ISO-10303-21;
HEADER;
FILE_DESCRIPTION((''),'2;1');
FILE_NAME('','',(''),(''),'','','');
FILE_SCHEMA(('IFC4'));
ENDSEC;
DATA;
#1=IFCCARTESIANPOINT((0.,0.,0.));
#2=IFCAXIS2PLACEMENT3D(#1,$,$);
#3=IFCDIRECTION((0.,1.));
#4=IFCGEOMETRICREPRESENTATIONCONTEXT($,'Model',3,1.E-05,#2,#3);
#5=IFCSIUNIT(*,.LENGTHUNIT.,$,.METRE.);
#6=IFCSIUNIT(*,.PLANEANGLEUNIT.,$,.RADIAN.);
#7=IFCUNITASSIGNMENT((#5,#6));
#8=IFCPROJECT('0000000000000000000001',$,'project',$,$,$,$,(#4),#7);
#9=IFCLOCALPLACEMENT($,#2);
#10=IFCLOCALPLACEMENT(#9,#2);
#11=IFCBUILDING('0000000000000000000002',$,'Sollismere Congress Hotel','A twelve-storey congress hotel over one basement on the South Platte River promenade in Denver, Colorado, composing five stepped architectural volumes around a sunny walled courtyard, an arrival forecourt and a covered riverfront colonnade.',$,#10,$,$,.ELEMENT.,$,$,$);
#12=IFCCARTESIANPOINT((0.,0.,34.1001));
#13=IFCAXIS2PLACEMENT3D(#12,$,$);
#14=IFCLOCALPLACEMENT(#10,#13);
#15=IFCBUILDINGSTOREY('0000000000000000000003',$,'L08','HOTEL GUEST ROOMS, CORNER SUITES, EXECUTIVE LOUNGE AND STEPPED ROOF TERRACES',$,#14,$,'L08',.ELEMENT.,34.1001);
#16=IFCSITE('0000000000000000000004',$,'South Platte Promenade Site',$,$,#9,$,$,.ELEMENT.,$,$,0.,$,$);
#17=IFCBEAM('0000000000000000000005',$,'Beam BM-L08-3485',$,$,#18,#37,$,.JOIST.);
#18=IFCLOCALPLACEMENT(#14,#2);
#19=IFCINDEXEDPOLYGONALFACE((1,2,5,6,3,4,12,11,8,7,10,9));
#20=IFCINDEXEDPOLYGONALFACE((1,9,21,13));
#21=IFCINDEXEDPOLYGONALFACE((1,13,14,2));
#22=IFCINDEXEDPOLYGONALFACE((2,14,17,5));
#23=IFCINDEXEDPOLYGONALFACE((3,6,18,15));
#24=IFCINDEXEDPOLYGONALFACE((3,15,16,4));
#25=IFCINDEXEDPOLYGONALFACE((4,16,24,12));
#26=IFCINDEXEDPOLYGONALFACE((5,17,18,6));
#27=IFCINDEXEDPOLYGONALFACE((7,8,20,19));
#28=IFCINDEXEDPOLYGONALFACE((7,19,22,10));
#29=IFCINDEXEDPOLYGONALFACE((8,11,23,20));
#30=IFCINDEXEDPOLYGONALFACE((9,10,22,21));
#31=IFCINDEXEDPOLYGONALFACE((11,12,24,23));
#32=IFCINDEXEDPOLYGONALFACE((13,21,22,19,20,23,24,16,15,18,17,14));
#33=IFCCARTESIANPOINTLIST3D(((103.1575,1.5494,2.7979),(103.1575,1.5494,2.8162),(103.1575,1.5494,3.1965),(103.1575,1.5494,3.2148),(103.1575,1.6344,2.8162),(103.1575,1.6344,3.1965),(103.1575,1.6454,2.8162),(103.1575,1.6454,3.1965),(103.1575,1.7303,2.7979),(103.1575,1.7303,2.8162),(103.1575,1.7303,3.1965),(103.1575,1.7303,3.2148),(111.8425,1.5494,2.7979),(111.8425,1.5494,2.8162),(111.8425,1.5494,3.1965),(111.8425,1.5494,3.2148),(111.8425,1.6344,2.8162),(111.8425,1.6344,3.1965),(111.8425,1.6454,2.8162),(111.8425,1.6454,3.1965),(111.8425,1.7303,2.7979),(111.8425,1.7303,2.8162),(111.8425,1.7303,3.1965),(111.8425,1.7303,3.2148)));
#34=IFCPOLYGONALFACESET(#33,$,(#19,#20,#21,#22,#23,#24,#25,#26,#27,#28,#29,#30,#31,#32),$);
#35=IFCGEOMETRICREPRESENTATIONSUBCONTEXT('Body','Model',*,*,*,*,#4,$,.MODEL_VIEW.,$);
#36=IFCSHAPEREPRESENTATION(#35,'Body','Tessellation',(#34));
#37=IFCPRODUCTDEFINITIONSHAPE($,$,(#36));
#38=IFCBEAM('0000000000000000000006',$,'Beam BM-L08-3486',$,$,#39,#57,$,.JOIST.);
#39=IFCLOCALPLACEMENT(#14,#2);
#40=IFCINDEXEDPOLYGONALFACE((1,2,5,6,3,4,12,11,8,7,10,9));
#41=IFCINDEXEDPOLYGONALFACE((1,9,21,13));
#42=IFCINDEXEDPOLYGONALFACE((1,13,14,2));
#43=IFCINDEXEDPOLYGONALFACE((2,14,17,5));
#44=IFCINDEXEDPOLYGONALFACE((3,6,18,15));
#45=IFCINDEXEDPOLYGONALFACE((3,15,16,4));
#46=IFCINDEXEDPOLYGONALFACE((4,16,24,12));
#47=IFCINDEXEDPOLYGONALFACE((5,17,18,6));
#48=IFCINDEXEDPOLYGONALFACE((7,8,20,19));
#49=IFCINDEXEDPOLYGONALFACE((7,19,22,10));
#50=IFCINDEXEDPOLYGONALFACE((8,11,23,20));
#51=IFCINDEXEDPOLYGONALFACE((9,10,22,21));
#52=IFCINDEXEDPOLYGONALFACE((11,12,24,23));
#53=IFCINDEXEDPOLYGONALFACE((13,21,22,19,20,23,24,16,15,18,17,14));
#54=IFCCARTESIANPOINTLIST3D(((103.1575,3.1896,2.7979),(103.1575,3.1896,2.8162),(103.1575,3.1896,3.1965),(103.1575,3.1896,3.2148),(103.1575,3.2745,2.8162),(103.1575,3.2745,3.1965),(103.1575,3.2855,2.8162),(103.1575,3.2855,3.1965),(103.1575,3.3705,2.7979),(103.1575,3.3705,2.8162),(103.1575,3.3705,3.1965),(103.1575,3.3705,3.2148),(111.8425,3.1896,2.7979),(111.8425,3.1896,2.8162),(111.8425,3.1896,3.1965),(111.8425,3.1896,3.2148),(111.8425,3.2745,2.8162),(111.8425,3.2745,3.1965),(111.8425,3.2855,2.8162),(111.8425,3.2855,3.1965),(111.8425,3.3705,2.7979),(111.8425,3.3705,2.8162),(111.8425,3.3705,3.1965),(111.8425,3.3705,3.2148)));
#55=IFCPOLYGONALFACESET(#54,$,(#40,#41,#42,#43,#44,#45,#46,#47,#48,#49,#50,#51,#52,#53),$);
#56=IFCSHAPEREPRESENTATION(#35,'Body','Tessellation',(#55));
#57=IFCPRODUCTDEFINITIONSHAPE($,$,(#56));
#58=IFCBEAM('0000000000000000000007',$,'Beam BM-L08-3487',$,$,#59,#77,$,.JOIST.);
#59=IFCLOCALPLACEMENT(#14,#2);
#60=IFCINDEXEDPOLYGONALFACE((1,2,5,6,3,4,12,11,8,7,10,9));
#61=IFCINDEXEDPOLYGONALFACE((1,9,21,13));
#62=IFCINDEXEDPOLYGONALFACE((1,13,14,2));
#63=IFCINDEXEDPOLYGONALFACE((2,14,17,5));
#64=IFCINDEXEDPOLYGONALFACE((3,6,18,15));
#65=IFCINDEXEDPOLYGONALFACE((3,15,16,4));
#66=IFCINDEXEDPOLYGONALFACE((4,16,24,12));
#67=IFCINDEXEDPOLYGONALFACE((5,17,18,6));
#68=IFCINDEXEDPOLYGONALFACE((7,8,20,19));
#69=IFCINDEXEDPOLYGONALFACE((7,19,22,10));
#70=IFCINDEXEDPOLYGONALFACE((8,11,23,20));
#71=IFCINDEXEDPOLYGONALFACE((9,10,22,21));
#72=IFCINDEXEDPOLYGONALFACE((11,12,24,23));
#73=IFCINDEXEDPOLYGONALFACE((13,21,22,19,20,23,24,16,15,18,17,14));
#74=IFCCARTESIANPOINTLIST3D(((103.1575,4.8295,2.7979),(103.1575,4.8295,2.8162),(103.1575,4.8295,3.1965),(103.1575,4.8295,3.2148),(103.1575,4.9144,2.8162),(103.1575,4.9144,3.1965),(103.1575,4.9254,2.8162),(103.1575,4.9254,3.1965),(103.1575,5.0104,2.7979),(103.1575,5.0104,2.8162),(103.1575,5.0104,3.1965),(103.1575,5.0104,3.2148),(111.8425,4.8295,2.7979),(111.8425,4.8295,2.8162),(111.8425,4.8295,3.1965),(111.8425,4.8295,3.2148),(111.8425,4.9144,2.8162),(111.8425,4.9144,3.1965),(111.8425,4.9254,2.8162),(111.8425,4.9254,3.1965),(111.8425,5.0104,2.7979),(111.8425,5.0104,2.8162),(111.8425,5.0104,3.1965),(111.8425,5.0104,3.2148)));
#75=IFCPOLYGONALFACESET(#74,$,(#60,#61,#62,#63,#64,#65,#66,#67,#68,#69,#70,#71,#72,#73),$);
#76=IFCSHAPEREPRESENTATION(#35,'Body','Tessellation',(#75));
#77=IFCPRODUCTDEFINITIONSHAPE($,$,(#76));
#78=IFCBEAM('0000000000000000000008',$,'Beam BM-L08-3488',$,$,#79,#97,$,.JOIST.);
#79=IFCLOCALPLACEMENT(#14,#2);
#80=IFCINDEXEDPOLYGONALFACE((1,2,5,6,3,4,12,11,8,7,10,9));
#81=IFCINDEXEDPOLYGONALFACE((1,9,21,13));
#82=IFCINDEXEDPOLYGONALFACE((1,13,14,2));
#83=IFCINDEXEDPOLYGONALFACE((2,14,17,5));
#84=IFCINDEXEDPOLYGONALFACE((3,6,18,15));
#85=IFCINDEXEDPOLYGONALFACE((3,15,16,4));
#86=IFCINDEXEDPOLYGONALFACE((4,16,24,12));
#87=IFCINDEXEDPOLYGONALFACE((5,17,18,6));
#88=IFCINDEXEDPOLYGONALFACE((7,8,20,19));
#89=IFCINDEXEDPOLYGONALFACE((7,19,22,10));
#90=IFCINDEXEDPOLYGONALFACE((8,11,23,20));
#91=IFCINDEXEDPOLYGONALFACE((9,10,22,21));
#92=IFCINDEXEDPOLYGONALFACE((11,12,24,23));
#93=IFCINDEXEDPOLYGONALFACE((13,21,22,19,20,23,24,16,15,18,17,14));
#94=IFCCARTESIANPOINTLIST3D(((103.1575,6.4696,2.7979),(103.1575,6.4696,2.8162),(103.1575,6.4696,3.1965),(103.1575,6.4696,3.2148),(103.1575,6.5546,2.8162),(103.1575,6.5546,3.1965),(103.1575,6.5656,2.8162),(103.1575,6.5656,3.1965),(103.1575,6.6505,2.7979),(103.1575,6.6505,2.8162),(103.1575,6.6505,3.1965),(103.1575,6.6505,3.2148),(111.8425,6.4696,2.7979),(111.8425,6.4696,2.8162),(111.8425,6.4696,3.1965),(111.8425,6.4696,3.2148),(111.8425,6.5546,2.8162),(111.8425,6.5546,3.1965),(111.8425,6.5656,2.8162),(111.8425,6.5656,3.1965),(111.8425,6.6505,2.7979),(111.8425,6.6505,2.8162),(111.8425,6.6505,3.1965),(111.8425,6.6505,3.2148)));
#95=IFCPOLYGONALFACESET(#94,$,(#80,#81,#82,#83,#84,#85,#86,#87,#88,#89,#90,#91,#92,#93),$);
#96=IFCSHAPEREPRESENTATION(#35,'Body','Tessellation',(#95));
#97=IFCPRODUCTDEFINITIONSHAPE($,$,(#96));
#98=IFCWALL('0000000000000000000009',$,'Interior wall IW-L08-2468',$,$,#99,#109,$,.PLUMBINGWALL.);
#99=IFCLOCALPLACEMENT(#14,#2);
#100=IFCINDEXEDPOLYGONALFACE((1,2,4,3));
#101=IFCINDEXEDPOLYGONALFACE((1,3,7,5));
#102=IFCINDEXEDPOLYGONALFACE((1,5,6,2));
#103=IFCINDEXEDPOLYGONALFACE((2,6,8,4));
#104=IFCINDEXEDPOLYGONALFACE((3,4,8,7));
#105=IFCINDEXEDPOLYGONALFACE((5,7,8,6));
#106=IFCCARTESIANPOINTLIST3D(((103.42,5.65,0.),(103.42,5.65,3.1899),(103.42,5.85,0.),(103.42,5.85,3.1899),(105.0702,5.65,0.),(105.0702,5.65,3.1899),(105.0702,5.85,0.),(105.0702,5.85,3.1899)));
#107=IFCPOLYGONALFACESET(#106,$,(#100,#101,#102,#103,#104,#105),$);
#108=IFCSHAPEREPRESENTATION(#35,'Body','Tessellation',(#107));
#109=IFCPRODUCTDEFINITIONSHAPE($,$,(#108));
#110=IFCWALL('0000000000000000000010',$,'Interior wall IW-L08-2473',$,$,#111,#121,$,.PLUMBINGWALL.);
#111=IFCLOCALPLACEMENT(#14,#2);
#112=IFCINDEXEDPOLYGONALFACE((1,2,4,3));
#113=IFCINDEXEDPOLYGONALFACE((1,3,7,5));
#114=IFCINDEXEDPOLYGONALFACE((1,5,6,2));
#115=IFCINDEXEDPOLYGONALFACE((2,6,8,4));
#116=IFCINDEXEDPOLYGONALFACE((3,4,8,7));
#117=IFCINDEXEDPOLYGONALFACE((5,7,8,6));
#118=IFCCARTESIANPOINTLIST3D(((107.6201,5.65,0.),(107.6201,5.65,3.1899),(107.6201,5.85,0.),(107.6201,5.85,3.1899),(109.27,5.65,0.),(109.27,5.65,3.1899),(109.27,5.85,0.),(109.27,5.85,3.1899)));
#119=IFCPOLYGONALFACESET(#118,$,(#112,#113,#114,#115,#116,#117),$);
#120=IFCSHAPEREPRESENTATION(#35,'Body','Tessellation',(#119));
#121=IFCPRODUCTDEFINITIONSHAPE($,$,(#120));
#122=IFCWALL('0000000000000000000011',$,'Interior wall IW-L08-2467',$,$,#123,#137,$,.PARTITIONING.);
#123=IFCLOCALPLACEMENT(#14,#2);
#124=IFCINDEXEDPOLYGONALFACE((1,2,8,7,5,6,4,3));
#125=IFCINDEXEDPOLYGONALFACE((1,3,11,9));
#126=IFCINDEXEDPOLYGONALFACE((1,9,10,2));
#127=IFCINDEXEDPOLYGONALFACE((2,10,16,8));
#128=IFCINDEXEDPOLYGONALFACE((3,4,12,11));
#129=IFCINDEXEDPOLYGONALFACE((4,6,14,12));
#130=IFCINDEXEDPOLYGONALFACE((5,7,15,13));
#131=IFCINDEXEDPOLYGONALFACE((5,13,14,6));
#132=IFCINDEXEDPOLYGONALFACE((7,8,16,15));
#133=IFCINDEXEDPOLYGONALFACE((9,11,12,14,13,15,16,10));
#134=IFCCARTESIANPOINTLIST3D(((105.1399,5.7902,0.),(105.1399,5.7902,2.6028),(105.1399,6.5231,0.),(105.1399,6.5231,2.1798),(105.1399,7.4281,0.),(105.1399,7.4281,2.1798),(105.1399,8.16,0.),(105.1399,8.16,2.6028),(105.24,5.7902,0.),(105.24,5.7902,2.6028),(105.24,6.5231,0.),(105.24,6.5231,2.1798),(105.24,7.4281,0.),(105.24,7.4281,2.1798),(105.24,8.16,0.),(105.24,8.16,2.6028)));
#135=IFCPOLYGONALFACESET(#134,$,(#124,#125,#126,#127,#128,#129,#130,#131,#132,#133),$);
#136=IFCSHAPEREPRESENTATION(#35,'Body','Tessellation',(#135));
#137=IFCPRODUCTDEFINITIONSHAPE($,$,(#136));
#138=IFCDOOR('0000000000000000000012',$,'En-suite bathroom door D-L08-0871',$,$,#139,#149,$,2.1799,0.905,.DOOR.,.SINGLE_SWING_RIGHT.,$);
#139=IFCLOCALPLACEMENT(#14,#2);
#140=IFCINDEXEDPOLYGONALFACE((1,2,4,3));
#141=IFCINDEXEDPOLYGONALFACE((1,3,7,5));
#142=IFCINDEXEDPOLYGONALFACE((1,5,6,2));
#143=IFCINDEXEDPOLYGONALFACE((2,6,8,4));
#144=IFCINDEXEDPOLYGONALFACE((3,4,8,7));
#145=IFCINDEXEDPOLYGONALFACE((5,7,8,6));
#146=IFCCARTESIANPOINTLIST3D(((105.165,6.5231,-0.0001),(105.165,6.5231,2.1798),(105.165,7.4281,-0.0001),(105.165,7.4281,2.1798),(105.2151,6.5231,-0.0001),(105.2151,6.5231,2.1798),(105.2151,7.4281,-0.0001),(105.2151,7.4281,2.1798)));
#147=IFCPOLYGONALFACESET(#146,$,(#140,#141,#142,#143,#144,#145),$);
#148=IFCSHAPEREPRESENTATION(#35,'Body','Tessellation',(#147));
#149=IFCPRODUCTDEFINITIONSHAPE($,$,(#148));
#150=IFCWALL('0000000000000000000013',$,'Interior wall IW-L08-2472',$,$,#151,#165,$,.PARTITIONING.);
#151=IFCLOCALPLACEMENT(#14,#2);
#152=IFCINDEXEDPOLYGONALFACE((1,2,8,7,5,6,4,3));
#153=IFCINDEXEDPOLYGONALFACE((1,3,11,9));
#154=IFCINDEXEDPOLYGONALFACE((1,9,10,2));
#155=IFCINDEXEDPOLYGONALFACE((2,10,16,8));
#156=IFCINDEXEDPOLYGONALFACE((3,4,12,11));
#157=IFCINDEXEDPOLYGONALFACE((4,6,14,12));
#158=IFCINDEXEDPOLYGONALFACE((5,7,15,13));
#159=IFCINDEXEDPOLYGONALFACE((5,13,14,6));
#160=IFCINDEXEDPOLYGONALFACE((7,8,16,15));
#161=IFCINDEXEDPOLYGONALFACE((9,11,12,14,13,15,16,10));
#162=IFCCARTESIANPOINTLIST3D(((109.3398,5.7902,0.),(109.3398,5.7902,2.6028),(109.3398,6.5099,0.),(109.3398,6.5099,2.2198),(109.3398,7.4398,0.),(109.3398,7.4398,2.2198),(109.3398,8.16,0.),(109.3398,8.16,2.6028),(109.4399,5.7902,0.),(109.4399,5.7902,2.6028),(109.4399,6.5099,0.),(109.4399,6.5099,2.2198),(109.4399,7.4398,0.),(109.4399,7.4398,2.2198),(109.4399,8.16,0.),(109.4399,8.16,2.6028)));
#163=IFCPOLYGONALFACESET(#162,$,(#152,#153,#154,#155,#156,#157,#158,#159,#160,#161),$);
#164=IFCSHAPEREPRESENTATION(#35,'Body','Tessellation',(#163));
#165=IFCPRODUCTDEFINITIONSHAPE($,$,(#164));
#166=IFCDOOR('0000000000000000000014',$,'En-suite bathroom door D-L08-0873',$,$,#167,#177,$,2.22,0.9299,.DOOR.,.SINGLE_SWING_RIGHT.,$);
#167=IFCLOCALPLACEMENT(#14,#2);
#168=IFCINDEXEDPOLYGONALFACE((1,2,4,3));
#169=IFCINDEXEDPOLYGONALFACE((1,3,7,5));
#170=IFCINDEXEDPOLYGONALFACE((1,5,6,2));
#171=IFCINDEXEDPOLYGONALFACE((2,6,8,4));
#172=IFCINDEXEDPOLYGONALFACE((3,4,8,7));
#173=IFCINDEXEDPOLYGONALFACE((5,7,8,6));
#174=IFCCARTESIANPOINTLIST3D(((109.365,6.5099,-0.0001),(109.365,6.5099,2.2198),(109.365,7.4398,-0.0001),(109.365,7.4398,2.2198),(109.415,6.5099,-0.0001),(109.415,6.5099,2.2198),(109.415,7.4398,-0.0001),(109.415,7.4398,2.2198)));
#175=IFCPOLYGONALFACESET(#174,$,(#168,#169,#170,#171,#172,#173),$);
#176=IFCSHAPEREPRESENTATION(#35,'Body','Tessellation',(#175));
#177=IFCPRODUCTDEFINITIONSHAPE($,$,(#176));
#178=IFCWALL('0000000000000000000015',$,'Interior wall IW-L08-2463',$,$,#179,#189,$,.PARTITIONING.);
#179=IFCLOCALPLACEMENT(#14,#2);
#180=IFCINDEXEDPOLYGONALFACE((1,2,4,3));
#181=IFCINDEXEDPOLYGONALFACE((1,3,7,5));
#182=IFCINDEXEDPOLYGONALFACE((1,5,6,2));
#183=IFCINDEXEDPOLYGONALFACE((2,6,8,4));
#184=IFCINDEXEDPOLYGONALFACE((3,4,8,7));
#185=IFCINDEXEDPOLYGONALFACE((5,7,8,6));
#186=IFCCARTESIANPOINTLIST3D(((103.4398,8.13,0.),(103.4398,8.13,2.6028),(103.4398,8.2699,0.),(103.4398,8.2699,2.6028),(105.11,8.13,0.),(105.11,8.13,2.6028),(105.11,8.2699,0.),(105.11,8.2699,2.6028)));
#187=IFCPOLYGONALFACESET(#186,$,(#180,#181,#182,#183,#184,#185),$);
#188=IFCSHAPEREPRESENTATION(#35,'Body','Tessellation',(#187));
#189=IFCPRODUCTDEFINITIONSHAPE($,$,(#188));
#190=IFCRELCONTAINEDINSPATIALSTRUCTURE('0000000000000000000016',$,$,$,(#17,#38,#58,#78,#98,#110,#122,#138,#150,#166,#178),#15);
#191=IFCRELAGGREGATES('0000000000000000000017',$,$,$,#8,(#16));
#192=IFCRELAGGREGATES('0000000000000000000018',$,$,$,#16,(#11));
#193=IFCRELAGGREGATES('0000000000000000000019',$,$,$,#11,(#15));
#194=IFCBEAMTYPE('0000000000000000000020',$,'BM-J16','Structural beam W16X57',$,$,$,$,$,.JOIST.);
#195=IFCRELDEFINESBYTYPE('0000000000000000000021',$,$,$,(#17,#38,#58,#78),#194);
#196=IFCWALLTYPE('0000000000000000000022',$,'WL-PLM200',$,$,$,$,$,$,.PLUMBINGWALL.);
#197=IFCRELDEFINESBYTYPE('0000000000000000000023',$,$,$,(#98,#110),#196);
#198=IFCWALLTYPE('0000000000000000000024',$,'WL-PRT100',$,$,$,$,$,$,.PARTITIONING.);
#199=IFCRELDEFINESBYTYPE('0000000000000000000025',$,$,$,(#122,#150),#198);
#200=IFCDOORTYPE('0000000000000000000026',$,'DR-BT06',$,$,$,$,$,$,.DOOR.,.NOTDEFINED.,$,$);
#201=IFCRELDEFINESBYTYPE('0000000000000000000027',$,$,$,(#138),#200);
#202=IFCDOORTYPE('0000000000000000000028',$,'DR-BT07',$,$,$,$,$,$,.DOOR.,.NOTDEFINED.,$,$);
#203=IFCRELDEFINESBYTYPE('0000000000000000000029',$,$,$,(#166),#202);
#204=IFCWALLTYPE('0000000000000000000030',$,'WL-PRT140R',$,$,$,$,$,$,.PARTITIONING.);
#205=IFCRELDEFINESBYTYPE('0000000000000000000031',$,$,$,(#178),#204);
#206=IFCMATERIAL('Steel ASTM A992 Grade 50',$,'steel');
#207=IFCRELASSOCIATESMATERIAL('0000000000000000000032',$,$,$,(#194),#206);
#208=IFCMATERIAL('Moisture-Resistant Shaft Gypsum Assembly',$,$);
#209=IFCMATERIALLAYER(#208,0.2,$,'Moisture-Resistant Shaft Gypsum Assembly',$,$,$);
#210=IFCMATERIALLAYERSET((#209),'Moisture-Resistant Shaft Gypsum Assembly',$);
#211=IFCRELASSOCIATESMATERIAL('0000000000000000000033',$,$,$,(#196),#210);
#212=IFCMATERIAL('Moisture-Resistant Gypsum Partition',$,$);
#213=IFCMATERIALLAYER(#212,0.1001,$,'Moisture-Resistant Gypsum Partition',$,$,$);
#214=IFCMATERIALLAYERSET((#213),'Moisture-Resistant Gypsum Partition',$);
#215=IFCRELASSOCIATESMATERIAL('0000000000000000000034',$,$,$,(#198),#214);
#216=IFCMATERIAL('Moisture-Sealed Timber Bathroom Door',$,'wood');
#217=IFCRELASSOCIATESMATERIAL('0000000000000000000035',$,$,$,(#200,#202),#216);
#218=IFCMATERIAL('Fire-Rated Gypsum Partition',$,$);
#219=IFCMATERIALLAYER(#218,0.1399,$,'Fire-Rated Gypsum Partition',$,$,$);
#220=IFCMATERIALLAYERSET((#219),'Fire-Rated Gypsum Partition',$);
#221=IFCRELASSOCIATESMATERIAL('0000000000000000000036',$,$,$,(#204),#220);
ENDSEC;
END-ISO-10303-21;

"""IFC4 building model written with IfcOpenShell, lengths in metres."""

from ifc_helpers import new_model, si_unit, direction, frame, frame_2d, origin, origin_2d, place, context, subcontext, project, spatial, rectangle, i_section, extrude, material, layer, layer_set, material_profile, profile_set, type_object, element, fill, save


model = new_model("IFC4")

# Units and contexts
model_context = context("Model", 3, precision=1e-05, world=origin(), true_north=direction((0.0, 1.0)))
body_context = subcontext(model_context, "Body", "Model", "MODEL_VIEW")
ifc_project = project(units=[si_unit("LENGTHUNIT", "METRE"), si_unit("PLANEANGLEUNIT", "RADIAN")], contexts=[model_context])

# Site, building, storey
site_placement = place(None, origin())
site = spatial("IfcSite", under=ifc_project, at=site_placement, Name="South Platte Promenade Site", CompositionType="ELEMENT", RefElevation=0.0)
building_placement = place(site_placement, origin())
building = spatial("IfcBuilding", under=site, at=building_placement, Name="Sollismere Congress Hotel", Description="A twelve-storey congress hotel over one basement on the South Platte River promenade in Denver, Colorado, composing five stepped architectural volumes around a sunny walled courtyard, an arrival forecourt and a covered riverfront colonnade.", CompositionType="ELEMENT")
storey_placement = place(building_placement, frame((0.0, 0.0, 34.1001)))
storey = spatial("IfcBuildingStorey", under=building, at=storey_placement, Name="L08", Description="HOTEL GUEST ROOMS, CORNER SUITES, EXECUTIVE LOUNGE AND STEPPED ROOF TERRACES", LongName="L08", CompositionType="ELEMENT", Elevation=34.1001)

# Beams
ifc_material_1 = material(Name="Steel ASTM A992 Grade 50", Category="steel")
ifc_material_profile = material_profile(ifc_material_1, i_section(OverallWidth=0.1809, OverallDepth=0.417, WebThickness=0.011, FlangeThickness=0.0183, at=origin_2d()), Name="W16X57")
ifc_profile_set = profile_set([ifc_material_profile], Name="Steel ASTM A992 Grade 50")
beam_type = type_object("IfcBeamType", Name="BM-J16", Description="Structural beam W16X57", PredefinedType="JOIST", material=ifc_profile_set)
for number, where, z_axis, x_axis, name in (
    (1, (103.1575, 1.6399, 3.0063), (1.0, 0.0, 0.0), (0.0, 1.0, 0.0), "Beam BM-L08-3485"),
    (2, (103.1575, 3.28, 3.0063), (1.0, 0.0, 0.0), (0.0, 1.0, 0.0), "Beam BM-L08-3486"),
    (3, (103.1575, 4.9199, 3.0063), (1.0, 0.0, 0.0), (0.0, 1.0, 0.0), "Beam BM-L08-3487"),
    (4, (103.1575, 6.5601, 3.0063), (1.0, 0.0, 0.0), (0.0, 1.0, 0.0), "Beam BM-L08-3488"),
):
    element("IfcBeam", number, at=place(storey_placement, frame(where, z_axis=z_axis, x_axis=x_axis)), inside=storey, type_object=beam_type, Name=name, PredefinedType="JOIST", context=body_context, shape_type="SweptSolid", body=[
        extrude(i_section(OverallWidth=0.1809, OverallDepth=0.417, WebThickness=0.011, FlangeThickness=0.0183, at=origin_2d()), origin(), (0.0, 0.0, 1.0), 8.6851),
    ])

# Walls
ifc_material_2 = material(Name="Moisture-Resistant Shaft Gypsum Assembly")
ifc_layer_1 = layer(ifc_material_2, 0.2, Name="Moisture-Resistant Shaft Gypsum Assembly")
ifc_layer_set_1 = layer_set([ifc_layer_1], Name="Moisture-Resistant Shaft Gypsum Assembly")
wall_type_1 = type_object("IfcWallType", Name="WL-PLM200", PredefinedType="PLUMBINGWALL", material=ifc_layer_set_1)
wall_1_placement = place(storey_placement, frame((103.4199, 5.75, 0.0), z_axis=(0.0, 0.0, 1.0), x_axis=(1.0, 0.0, 0.0)))
element("IfcWall", 5, at=wall_1_placement, inside=storey, type_object=wall_type_1, Name="Interior wall IW-L08-2468", PredefinedType="PLUMBINGWALL", context=body_context, shape_type="SweptSolid", body=[
    extrude(rectangle(XDim=1.6501, YDim=0.2, at=frame_2d((0.8252, 0.0))), origin(), (0.0, 0.0, 1.0), 3.1899),
])
wall_2_placement = place(storey_placement, frame((107.6201, 5.75, 0.0), z_axis=(0.0, 0.0, 1.0), x_axis=(1.0, 0.0, 0.0)))
element("IfcWall", 6, at=wall_2_placement, inside=storey, type_object=wall_type_1, Name="Interior wall IW-L08-2473", PredefinedType="PLUMBINGWALL", context=body_context, shape_type="SweptSolid", body=[
    extrude(rectangle(XDim=1.6499, YDim=0.2, at=frame_2d((0.825, 0.0))), origin(), (0.0, 0.0, 1.0), 3.1899),
])

# Walls, openings, doors
ifc_material_3 = material(Name="Moisture-Resistant Gypsum Partition")
ifc_layer_2 = layer(ifc_material_3, 0.1001, Name="Moisture-Resistant Gypsum Partition")
ifc_layer_set_2 = layer_set([ifc_layer_2], Name="Moisture-Resistant Gypsum Partition")
wall_type_2 = type_object("IfcWallType", Name="WL-PRT100", PredefinedType="PARTITIONING", material=ifc_layer_set_2)
wall_3_placement = place(storey_placement, frame((105.1899, 5.79, 0.0), z_axis=(0.0, 0.0, 1.0), x_axis=(0.0, 1.0, 0.0)))
wall_3 = element("IfcWall", 7, at=wall_3_placement, inside=storey, type_object=wall_type_2, Name="Interior wall IW-L08-2467", PredefinedType="PARTITIONING", context=body_context, shape_type="SweptSolid", body=[
    extrude(rectangle(XDim=2.3699, YDim=0.1001, at=frame_2d((1.1851, 0.0))), origin(), (0.0, 0.0, 1.0), 2.6028),
])
opening_1_placement = place(wall_3_placement, frame((0.7329, 0.0, 0.0)))
opening_1 = element("IfcOpeningElement", 8, at=opening_1_placement, cuts=wall_3, PredefinedType="OPENING", context=body_context, shape_type="SweptSolid", body=[
    extrude(rectangle(XDim=0.905, YDim=2.1799, at=frame_2d((0.4526, 1.0898))), frame((0.0, 0.0601, 0.0), z_axis=(0.0, -1.0, 0.0), x_axis=(1.0, 0.0, 0.0)), (0.0, 0.0, 1.0), 0.1201),
])
ifc_material_4 = material(Name="Moisture-Sealed Timber Bathroom Door", Category="wood")
door_type_1 = type_object("IfcDoorType", Name="DR-BT06", OperationType="NOTDEFINED", PredefinedType="DOOR", material=ifc_material_4)
door_1_placement = place(opening_1_placement, origin())
door_1 = element("IfcDoor", 9, at=door_1_placement, inside=storey, type_object=door_type_1, Name="En-suite bathroom door D-L08-0871", OperationType="SINGLE_SWING_RIGHT", OverallHeight=2.1799, OverallWidth=0.905, PredefinedType="DOOR", context=body_context, shape_type="SweptSolid", body=[
    extrude(rectangle(XDim=0.905, YDim=2.1799, at=frame_2d((0.4526, 1.0898))), frame((0.0, 0.0249, 0.0), z_axis=(0.0, -1.0, 0.0), x_axis=(1.0, 0.0, 0.0)), (0.0, 0.0, 1.0), 0.05),
])
fill(opening_1, door_1)
wall_4_placement = place(storey_placement, frame((109.3899, 5.79, 0.0), z_axis=(0.0, 0.0, 1.0), x_axis=(0.0, 1.0, 0.0)))
wall_4 = element("IfcWall", 10, at=wall_4_placement, inside=storey, type_object=wall_type_2, Name="Interior wall IW-L08-2472", PredefinedType="PARTITIONING", context=body_context, shape_type="SweptSolid", body=[
    extrude(rectangle(XDim=2.3699, YDim=0.1001, at=frame_2d((1.1851, 0.0))), origin(), (0.0, 0.0, 1.0), 2.6028),
])
opening_2_placement = place(wall_4_placement, frame((0.72, 0.0, 0.0)))
opening_2 = element("IfcOpeningElement", 11, at=opening_2_placement, cuts=wall_4, PredefinedType="OPENING", context=body_context, shape_type="SweptSolid", body=[
    extrude(rectangle(XDim=0.9299, YDim=2.22, at=frame_2d((0.4648, 1.1099))), frame((0.0, 0.0601, 0.0), z_axis=(0.0, -1.0, 0.0), x_axis=(1.0, 0.0, 0.0)), (0.0, 0.0, 1.0), 0.1201),
])
door_type_2 = type_object("IfcDoorType", Name="DR-BT07", OperationType="NOTDEFINED", PredefinedType="DOOR", material=ifc_material_4)
door_2_placement = place(opening_2_placement, origin())
door_2 = element("IfcDoor", 12, at=door_2_placement, inside=storey, type_object=door_type_2, Name="En-suite bathroom door D-L08-0873", OperationType="SINGLE_SWING_RIGHT", OverallHeight=2.22, OverallWidth=0.9299, PredefinedType="DOOR", context=body_context, shape_type="SweptSolid", body=[
    extrude(rectangle(XDim=0.9299, YDim=2.22, at=frame_2d((0.4648, 1.1099))), frame((0.0, 0.0249, 0.0), z_axis=(0.0, -1.0, 0.0), x_axis=(1.0, 0.0, 0.0)), (0.0, 0.0, 1.0), 0.05),
])
fill(opening_2, door_2)

# Wall
ifc_material_5 = material(Name="Fire-Rated Gypsum Partition")
ifc_layer_3 = layer(ifc_material_5, 0.1399, Name="Fire-Rated Gypsum Partition")
ifc_layer_set_3 = layer_set([ifc_layer_3], Name="Fire-Rated Gypsum Partition")
wall_type_3 = type_object("IfcWallType", Name="WL-PRT140R", PredefinedType="PARTITIONING", material=ifc_layer_set_3)
wall_5_placement = place(storey_placement, frame((103.4399, 8.2, 0.0), z_axis=(0.0, 0.0, 1.0), x_axis=(1.0, 0.0, 0.0)))
element("IfcWall", 13, at=wall_5_placement, inside=storey, type_object=wall_type_3, Name="Interior wall IW-L08-2463", PredefinedType="PARTITIONING", context=body_context, shape_type="SweptSolid", body=[
    extrude(rectangle(XDim=1.6702, YDim=0.1399, at=frame_2d((0.835, 0.0))), origin(), (0.0, 0.0, 1.0), 2.6028),
])

save(model, "model.ifc")
